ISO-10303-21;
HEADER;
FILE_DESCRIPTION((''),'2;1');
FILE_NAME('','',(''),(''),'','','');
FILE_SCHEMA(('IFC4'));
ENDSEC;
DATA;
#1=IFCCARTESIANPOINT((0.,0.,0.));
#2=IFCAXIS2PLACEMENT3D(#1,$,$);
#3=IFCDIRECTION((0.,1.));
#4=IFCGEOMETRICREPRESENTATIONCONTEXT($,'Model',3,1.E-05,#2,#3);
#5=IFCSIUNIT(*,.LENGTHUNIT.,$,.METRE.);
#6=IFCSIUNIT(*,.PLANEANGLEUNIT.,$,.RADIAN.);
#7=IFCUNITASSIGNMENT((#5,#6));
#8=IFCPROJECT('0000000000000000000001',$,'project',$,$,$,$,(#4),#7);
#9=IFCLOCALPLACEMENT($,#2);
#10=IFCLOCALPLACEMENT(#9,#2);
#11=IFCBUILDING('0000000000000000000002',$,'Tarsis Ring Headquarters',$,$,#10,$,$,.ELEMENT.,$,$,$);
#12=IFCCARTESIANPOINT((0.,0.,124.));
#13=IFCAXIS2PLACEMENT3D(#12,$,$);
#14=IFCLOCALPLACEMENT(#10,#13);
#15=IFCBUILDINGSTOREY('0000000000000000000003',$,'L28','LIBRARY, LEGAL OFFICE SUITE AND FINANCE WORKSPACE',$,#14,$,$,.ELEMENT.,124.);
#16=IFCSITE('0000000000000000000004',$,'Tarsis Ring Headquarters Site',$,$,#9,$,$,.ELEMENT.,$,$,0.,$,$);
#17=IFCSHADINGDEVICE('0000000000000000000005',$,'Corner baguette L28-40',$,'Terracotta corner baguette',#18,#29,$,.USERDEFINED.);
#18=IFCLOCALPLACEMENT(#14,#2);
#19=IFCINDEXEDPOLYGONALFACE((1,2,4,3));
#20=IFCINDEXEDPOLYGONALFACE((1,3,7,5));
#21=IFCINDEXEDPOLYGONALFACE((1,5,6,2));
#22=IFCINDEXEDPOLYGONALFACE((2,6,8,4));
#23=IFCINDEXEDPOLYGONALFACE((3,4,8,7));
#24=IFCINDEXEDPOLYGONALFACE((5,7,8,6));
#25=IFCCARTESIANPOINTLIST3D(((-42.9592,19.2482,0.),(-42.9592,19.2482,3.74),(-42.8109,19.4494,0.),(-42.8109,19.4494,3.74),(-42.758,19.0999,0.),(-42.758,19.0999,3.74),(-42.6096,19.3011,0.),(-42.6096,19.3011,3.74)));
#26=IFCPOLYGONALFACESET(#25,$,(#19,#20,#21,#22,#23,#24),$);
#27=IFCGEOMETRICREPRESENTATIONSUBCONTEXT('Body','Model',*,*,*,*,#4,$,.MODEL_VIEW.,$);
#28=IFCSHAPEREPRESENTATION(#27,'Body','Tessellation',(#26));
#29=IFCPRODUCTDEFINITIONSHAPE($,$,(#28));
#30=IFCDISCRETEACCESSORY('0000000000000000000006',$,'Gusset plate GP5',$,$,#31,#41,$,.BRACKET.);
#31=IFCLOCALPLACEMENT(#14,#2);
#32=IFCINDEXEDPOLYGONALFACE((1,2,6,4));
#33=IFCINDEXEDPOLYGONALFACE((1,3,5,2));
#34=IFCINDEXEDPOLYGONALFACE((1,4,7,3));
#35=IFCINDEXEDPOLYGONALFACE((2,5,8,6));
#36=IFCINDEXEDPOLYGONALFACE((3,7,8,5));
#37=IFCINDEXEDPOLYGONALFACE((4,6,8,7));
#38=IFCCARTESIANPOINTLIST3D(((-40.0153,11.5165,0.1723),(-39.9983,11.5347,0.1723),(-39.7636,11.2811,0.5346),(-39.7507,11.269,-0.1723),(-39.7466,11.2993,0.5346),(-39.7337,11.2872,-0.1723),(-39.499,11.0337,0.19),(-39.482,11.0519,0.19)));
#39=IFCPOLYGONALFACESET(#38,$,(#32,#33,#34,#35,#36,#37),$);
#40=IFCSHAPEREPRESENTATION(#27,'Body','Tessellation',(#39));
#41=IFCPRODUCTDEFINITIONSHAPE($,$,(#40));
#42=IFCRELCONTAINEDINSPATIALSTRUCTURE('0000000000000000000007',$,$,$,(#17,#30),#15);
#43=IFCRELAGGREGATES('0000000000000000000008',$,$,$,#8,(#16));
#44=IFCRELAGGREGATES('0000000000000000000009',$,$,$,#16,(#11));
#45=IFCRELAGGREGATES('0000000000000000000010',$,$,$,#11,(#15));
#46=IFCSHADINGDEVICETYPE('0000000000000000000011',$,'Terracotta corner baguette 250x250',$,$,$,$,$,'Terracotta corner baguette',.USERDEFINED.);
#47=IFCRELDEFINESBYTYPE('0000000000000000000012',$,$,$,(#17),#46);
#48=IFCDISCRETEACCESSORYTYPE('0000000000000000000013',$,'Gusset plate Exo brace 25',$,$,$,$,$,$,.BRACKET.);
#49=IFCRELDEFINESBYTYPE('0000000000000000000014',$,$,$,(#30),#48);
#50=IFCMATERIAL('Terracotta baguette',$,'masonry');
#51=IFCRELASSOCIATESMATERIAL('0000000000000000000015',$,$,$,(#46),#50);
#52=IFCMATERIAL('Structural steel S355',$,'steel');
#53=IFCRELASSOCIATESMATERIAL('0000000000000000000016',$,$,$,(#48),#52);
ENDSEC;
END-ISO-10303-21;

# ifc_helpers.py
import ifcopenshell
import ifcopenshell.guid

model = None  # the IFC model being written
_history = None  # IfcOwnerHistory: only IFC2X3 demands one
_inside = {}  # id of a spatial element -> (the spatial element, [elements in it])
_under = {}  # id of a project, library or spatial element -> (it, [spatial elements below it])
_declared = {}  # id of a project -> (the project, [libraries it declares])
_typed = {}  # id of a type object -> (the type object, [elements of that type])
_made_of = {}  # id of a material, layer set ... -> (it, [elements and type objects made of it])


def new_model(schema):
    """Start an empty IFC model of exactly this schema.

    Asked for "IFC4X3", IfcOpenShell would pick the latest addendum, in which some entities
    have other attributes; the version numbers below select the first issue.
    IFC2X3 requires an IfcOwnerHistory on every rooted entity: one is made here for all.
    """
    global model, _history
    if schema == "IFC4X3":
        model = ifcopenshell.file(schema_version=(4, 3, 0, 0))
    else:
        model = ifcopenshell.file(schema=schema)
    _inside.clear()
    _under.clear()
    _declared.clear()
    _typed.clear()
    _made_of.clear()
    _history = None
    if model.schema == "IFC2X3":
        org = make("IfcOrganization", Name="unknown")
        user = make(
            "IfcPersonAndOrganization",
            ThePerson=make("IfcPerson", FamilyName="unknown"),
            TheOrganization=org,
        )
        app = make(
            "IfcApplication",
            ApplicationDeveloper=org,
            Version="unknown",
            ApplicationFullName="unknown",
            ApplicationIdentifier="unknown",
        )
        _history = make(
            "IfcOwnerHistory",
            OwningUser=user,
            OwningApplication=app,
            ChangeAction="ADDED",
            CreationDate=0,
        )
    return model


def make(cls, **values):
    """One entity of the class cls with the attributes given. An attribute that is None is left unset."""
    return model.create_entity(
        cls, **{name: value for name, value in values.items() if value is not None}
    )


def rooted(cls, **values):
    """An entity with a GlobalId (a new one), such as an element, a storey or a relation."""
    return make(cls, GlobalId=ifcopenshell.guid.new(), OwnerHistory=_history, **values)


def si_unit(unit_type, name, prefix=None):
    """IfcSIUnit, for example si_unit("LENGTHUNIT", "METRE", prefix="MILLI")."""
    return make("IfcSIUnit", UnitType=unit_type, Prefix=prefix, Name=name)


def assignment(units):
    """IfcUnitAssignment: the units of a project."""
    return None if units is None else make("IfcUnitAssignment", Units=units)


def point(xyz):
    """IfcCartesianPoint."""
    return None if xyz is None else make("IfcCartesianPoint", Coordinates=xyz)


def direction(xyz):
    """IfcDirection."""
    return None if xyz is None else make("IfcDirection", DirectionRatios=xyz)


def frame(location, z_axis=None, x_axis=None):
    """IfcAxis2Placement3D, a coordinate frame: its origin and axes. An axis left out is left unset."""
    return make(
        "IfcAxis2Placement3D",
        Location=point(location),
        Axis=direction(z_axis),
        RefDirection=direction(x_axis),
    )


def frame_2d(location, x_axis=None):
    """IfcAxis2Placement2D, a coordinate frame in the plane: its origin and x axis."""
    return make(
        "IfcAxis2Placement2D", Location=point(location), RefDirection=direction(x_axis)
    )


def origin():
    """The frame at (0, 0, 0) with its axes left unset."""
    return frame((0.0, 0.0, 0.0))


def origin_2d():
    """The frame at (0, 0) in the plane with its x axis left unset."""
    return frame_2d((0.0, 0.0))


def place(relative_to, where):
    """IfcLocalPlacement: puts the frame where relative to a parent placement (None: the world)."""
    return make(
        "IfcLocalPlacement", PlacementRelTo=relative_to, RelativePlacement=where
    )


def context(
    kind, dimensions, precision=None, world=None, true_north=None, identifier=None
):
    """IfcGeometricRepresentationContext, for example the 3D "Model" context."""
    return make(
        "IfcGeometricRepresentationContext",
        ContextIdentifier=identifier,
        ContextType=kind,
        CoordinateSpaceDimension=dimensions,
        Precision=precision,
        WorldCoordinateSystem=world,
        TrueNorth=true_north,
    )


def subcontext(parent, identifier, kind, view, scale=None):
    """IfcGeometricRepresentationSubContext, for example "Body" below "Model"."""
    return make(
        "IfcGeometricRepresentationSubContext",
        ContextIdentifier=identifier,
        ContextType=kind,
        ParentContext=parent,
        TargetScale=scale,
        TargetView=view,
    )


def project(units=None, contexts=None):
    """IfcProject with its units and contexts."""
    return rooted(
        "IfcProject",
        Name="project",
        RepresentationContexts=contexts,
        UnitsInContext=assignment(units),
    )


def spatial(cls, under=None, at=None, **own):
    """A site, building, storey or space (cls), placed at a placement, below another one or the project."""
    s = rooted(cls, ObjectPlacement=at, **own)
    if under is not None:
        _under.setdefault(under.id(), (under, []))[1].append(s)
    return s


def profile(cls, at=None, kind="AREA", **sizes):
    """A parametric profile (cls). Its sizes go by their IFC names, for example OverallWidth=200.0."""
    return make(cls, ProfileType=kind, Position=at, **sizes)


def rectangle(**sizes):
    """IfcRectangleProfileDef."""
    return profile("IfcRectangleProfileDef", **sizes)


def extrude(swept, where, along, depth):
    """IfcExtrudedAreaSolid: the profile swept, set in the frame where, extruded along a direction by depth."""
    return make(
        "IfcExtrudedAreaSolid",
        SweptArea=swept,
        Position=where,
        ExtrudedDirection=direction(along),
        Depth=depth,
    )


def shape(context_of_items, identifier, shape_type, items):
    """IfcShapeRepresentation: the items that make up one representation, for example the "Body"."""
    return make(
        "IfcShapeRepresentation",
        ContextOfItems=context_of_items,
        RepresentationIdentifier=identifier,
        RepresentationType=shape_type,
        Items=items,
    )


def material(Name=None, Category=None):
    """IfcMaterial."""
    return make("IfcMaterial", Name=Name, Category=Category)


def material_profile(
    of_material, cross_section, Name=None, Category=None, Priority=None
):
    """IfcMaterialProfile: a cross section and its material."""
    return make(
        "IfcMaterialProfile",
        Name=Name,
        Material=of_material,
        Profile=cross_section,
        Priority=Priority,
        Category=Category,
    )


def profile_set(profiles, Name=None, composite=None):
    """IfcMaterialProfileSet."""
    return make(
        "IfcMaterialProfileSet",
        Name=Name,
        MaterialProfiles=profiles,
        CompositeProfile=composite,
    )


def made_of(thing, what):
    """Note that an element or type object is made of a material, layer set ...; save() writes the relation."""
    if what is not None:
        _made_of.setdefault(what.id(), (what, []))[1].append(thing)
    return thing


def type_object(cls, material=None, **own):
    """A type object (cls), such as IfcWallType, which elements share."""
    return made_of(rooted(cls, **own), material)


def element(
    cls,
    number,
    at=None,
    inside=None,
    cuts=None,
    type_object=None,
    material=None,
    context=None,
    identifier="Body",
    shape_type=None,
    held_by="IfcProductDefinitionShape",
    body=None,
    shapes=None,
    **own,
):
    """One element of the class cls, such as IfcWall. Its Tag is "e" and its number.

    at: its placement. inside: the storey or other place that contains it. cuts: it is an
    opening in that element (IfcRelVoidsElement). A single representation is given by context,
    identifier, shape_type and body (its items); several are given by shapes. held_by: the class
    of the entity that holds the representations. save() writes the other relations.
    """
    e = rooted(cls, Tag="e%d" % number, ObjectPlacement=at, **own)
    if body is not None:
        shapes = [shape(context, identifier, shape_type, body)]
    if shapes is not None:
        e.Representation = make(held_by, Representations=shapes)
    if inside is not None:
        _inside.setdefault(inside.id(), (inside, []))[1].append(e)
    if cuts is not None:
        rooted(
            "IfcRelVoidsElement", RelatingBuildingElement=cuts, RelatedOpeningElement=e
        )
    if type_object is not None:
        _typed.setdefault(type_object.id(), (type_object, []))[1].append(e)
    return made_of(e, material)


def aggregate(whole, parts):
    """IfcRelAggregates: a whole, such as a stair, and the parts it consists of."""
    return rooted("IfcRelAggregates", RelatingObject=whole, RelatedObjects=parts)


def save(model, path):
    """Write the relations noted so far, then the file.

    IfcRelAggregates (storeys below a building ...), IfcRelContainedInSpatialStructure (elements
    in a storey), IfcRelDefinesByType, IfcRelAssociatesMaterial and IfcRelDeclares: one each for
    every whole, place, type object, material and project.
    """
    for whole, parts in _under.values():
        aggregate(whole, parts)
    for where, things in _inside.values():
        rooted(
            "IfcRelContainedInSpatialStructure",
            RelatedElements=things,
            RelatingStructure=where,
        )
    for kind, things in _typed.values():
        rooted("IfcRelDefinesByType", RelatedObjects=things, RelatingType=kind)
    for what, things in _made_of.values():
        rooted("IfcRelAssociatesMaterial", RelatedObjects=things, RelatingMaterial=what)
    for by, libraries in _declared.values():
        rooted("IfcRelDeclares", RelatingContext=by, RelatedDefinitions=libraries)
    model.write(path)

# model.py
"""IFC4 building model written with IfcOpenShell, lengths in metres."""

from ifc_helpers import new_model, si_unit, direction, frame, origin, origin_2d, place, context, subcontext, project, spatial, rectangle, extrude, material, material_profile, profile_set, type_object, element, save


model = new_model("IFC4")

# Units and contexts
model_context = context("Model", 3, precision=1e-05, world=origin(), true_north=direction((0.0, 1.0)))
body_context = subcontext(model_context, "Body", "Model", "MODEL_VIEW")
ifc_project = project(units=[si_unit("LENGTHUNIT", "METRE"), si_unit("PLANEANGLEUNIT", "RADIAN")], contexts=[model_context])

# Site, building, storey
site_placement = place(None, origin())
site = spatial("IfcSite", under=ifc_project, at=site_placement, Name="Tarsis Ring Headquarters Site", CompositionType="ELEMENT", RefElevation=0.0)
building_placement = place(site_placement, origin())
building = spatial("IfcBuilding", under=site, at=building_placement, Name="Tarsis Ring Headquarters", CompositionType="ELEMENT")
storey_placement = place(building_placement, frame((0.0, 0.0, 124.0)))
storey = spatial("IfcBuildingStorey", under=building, at=storey_placement, Name="L28", Description="LIBRARY, LEGAL OFFICE SUITE AND FINANCE WORKSPACE", CompositionType="ELEMENT", Elevation=124.0)

# Shared definitions
ifc_material_1 = material(Name="Structural steel S355", Category="steel")

# Shading device
ifc_material_2 = material(Name="Terracotta baguette", Category="masonry")
shading_device_type_1 = type_object("IfcShadingDeviceType", Name="Terracotta corner baguette 250x250", ElementType="Terracotta corner baguette", PredefinedType="USERDEFINED", material=ifc_material_2)
for number, where, z_axis, x_axis, name in (
    (1, (-42.7844, 19.2747, 0.0), (0.0, 0.0, 1.0), (0.804894, -0.593419, 0.0), "Corner baguette L28-40"),
):
    element("IfcShadingDevice", number, at=place(storey_placement, frame(where, z_axis=z_axis, x_axis=x_axis)), inside=storey, type_object=shading_device_type_1, Name=name, ObjectType="Terracotta corner baguette", PredefinedType="USERDEFINED", context=body_context, shape_type="SweptSolid", body=[
        extrude(rectangle(XDim=0.25, YDim=0.25, at=origin_2d()), origin(), (0.0, 0.0, 1.0), 3.74),
    ])

# Discrete accessory
ifc_material_profile_1 = material_profile(ifc_material_1, rectangle(XDim=0.0249, YDim=0.5, at=origin_2d()), Name="PL 25x500")
ifc_profile_set_1 = profile_set([ifc_material_profile_1], Name="Structural steel S355")
discrete_accessory_type = type_object("IfcDiscreteAccessoryType", Name="Gusset plate Exo brace 25", PredefinedType="BRACKET", material=ifc_profile_set_1)
discrete_accessory_placement = place(storey_placement, frame((-39.8745, 11.4019, 0.0), z_axis=(0.503405, -0.470691, 0.724591), x_axis=(0.682974, 0.730442, 0.0)))
element("IfcDiscreteAccessory", 2, at=discrete_accessory_placement, inside=storey, type_object=discrete_accessory_type, Name="Gusset plate GP5", PredefinedType="BRACKET", context=body_context, shape_type="SweptSolid", body=[
    extrude(rectangle(XDim=0.0249, YDim=0.5, at=origin_2d()), origin(), (0.0, 0.0, 1.0), 0.5),
])

save(model, "model.ifc")
